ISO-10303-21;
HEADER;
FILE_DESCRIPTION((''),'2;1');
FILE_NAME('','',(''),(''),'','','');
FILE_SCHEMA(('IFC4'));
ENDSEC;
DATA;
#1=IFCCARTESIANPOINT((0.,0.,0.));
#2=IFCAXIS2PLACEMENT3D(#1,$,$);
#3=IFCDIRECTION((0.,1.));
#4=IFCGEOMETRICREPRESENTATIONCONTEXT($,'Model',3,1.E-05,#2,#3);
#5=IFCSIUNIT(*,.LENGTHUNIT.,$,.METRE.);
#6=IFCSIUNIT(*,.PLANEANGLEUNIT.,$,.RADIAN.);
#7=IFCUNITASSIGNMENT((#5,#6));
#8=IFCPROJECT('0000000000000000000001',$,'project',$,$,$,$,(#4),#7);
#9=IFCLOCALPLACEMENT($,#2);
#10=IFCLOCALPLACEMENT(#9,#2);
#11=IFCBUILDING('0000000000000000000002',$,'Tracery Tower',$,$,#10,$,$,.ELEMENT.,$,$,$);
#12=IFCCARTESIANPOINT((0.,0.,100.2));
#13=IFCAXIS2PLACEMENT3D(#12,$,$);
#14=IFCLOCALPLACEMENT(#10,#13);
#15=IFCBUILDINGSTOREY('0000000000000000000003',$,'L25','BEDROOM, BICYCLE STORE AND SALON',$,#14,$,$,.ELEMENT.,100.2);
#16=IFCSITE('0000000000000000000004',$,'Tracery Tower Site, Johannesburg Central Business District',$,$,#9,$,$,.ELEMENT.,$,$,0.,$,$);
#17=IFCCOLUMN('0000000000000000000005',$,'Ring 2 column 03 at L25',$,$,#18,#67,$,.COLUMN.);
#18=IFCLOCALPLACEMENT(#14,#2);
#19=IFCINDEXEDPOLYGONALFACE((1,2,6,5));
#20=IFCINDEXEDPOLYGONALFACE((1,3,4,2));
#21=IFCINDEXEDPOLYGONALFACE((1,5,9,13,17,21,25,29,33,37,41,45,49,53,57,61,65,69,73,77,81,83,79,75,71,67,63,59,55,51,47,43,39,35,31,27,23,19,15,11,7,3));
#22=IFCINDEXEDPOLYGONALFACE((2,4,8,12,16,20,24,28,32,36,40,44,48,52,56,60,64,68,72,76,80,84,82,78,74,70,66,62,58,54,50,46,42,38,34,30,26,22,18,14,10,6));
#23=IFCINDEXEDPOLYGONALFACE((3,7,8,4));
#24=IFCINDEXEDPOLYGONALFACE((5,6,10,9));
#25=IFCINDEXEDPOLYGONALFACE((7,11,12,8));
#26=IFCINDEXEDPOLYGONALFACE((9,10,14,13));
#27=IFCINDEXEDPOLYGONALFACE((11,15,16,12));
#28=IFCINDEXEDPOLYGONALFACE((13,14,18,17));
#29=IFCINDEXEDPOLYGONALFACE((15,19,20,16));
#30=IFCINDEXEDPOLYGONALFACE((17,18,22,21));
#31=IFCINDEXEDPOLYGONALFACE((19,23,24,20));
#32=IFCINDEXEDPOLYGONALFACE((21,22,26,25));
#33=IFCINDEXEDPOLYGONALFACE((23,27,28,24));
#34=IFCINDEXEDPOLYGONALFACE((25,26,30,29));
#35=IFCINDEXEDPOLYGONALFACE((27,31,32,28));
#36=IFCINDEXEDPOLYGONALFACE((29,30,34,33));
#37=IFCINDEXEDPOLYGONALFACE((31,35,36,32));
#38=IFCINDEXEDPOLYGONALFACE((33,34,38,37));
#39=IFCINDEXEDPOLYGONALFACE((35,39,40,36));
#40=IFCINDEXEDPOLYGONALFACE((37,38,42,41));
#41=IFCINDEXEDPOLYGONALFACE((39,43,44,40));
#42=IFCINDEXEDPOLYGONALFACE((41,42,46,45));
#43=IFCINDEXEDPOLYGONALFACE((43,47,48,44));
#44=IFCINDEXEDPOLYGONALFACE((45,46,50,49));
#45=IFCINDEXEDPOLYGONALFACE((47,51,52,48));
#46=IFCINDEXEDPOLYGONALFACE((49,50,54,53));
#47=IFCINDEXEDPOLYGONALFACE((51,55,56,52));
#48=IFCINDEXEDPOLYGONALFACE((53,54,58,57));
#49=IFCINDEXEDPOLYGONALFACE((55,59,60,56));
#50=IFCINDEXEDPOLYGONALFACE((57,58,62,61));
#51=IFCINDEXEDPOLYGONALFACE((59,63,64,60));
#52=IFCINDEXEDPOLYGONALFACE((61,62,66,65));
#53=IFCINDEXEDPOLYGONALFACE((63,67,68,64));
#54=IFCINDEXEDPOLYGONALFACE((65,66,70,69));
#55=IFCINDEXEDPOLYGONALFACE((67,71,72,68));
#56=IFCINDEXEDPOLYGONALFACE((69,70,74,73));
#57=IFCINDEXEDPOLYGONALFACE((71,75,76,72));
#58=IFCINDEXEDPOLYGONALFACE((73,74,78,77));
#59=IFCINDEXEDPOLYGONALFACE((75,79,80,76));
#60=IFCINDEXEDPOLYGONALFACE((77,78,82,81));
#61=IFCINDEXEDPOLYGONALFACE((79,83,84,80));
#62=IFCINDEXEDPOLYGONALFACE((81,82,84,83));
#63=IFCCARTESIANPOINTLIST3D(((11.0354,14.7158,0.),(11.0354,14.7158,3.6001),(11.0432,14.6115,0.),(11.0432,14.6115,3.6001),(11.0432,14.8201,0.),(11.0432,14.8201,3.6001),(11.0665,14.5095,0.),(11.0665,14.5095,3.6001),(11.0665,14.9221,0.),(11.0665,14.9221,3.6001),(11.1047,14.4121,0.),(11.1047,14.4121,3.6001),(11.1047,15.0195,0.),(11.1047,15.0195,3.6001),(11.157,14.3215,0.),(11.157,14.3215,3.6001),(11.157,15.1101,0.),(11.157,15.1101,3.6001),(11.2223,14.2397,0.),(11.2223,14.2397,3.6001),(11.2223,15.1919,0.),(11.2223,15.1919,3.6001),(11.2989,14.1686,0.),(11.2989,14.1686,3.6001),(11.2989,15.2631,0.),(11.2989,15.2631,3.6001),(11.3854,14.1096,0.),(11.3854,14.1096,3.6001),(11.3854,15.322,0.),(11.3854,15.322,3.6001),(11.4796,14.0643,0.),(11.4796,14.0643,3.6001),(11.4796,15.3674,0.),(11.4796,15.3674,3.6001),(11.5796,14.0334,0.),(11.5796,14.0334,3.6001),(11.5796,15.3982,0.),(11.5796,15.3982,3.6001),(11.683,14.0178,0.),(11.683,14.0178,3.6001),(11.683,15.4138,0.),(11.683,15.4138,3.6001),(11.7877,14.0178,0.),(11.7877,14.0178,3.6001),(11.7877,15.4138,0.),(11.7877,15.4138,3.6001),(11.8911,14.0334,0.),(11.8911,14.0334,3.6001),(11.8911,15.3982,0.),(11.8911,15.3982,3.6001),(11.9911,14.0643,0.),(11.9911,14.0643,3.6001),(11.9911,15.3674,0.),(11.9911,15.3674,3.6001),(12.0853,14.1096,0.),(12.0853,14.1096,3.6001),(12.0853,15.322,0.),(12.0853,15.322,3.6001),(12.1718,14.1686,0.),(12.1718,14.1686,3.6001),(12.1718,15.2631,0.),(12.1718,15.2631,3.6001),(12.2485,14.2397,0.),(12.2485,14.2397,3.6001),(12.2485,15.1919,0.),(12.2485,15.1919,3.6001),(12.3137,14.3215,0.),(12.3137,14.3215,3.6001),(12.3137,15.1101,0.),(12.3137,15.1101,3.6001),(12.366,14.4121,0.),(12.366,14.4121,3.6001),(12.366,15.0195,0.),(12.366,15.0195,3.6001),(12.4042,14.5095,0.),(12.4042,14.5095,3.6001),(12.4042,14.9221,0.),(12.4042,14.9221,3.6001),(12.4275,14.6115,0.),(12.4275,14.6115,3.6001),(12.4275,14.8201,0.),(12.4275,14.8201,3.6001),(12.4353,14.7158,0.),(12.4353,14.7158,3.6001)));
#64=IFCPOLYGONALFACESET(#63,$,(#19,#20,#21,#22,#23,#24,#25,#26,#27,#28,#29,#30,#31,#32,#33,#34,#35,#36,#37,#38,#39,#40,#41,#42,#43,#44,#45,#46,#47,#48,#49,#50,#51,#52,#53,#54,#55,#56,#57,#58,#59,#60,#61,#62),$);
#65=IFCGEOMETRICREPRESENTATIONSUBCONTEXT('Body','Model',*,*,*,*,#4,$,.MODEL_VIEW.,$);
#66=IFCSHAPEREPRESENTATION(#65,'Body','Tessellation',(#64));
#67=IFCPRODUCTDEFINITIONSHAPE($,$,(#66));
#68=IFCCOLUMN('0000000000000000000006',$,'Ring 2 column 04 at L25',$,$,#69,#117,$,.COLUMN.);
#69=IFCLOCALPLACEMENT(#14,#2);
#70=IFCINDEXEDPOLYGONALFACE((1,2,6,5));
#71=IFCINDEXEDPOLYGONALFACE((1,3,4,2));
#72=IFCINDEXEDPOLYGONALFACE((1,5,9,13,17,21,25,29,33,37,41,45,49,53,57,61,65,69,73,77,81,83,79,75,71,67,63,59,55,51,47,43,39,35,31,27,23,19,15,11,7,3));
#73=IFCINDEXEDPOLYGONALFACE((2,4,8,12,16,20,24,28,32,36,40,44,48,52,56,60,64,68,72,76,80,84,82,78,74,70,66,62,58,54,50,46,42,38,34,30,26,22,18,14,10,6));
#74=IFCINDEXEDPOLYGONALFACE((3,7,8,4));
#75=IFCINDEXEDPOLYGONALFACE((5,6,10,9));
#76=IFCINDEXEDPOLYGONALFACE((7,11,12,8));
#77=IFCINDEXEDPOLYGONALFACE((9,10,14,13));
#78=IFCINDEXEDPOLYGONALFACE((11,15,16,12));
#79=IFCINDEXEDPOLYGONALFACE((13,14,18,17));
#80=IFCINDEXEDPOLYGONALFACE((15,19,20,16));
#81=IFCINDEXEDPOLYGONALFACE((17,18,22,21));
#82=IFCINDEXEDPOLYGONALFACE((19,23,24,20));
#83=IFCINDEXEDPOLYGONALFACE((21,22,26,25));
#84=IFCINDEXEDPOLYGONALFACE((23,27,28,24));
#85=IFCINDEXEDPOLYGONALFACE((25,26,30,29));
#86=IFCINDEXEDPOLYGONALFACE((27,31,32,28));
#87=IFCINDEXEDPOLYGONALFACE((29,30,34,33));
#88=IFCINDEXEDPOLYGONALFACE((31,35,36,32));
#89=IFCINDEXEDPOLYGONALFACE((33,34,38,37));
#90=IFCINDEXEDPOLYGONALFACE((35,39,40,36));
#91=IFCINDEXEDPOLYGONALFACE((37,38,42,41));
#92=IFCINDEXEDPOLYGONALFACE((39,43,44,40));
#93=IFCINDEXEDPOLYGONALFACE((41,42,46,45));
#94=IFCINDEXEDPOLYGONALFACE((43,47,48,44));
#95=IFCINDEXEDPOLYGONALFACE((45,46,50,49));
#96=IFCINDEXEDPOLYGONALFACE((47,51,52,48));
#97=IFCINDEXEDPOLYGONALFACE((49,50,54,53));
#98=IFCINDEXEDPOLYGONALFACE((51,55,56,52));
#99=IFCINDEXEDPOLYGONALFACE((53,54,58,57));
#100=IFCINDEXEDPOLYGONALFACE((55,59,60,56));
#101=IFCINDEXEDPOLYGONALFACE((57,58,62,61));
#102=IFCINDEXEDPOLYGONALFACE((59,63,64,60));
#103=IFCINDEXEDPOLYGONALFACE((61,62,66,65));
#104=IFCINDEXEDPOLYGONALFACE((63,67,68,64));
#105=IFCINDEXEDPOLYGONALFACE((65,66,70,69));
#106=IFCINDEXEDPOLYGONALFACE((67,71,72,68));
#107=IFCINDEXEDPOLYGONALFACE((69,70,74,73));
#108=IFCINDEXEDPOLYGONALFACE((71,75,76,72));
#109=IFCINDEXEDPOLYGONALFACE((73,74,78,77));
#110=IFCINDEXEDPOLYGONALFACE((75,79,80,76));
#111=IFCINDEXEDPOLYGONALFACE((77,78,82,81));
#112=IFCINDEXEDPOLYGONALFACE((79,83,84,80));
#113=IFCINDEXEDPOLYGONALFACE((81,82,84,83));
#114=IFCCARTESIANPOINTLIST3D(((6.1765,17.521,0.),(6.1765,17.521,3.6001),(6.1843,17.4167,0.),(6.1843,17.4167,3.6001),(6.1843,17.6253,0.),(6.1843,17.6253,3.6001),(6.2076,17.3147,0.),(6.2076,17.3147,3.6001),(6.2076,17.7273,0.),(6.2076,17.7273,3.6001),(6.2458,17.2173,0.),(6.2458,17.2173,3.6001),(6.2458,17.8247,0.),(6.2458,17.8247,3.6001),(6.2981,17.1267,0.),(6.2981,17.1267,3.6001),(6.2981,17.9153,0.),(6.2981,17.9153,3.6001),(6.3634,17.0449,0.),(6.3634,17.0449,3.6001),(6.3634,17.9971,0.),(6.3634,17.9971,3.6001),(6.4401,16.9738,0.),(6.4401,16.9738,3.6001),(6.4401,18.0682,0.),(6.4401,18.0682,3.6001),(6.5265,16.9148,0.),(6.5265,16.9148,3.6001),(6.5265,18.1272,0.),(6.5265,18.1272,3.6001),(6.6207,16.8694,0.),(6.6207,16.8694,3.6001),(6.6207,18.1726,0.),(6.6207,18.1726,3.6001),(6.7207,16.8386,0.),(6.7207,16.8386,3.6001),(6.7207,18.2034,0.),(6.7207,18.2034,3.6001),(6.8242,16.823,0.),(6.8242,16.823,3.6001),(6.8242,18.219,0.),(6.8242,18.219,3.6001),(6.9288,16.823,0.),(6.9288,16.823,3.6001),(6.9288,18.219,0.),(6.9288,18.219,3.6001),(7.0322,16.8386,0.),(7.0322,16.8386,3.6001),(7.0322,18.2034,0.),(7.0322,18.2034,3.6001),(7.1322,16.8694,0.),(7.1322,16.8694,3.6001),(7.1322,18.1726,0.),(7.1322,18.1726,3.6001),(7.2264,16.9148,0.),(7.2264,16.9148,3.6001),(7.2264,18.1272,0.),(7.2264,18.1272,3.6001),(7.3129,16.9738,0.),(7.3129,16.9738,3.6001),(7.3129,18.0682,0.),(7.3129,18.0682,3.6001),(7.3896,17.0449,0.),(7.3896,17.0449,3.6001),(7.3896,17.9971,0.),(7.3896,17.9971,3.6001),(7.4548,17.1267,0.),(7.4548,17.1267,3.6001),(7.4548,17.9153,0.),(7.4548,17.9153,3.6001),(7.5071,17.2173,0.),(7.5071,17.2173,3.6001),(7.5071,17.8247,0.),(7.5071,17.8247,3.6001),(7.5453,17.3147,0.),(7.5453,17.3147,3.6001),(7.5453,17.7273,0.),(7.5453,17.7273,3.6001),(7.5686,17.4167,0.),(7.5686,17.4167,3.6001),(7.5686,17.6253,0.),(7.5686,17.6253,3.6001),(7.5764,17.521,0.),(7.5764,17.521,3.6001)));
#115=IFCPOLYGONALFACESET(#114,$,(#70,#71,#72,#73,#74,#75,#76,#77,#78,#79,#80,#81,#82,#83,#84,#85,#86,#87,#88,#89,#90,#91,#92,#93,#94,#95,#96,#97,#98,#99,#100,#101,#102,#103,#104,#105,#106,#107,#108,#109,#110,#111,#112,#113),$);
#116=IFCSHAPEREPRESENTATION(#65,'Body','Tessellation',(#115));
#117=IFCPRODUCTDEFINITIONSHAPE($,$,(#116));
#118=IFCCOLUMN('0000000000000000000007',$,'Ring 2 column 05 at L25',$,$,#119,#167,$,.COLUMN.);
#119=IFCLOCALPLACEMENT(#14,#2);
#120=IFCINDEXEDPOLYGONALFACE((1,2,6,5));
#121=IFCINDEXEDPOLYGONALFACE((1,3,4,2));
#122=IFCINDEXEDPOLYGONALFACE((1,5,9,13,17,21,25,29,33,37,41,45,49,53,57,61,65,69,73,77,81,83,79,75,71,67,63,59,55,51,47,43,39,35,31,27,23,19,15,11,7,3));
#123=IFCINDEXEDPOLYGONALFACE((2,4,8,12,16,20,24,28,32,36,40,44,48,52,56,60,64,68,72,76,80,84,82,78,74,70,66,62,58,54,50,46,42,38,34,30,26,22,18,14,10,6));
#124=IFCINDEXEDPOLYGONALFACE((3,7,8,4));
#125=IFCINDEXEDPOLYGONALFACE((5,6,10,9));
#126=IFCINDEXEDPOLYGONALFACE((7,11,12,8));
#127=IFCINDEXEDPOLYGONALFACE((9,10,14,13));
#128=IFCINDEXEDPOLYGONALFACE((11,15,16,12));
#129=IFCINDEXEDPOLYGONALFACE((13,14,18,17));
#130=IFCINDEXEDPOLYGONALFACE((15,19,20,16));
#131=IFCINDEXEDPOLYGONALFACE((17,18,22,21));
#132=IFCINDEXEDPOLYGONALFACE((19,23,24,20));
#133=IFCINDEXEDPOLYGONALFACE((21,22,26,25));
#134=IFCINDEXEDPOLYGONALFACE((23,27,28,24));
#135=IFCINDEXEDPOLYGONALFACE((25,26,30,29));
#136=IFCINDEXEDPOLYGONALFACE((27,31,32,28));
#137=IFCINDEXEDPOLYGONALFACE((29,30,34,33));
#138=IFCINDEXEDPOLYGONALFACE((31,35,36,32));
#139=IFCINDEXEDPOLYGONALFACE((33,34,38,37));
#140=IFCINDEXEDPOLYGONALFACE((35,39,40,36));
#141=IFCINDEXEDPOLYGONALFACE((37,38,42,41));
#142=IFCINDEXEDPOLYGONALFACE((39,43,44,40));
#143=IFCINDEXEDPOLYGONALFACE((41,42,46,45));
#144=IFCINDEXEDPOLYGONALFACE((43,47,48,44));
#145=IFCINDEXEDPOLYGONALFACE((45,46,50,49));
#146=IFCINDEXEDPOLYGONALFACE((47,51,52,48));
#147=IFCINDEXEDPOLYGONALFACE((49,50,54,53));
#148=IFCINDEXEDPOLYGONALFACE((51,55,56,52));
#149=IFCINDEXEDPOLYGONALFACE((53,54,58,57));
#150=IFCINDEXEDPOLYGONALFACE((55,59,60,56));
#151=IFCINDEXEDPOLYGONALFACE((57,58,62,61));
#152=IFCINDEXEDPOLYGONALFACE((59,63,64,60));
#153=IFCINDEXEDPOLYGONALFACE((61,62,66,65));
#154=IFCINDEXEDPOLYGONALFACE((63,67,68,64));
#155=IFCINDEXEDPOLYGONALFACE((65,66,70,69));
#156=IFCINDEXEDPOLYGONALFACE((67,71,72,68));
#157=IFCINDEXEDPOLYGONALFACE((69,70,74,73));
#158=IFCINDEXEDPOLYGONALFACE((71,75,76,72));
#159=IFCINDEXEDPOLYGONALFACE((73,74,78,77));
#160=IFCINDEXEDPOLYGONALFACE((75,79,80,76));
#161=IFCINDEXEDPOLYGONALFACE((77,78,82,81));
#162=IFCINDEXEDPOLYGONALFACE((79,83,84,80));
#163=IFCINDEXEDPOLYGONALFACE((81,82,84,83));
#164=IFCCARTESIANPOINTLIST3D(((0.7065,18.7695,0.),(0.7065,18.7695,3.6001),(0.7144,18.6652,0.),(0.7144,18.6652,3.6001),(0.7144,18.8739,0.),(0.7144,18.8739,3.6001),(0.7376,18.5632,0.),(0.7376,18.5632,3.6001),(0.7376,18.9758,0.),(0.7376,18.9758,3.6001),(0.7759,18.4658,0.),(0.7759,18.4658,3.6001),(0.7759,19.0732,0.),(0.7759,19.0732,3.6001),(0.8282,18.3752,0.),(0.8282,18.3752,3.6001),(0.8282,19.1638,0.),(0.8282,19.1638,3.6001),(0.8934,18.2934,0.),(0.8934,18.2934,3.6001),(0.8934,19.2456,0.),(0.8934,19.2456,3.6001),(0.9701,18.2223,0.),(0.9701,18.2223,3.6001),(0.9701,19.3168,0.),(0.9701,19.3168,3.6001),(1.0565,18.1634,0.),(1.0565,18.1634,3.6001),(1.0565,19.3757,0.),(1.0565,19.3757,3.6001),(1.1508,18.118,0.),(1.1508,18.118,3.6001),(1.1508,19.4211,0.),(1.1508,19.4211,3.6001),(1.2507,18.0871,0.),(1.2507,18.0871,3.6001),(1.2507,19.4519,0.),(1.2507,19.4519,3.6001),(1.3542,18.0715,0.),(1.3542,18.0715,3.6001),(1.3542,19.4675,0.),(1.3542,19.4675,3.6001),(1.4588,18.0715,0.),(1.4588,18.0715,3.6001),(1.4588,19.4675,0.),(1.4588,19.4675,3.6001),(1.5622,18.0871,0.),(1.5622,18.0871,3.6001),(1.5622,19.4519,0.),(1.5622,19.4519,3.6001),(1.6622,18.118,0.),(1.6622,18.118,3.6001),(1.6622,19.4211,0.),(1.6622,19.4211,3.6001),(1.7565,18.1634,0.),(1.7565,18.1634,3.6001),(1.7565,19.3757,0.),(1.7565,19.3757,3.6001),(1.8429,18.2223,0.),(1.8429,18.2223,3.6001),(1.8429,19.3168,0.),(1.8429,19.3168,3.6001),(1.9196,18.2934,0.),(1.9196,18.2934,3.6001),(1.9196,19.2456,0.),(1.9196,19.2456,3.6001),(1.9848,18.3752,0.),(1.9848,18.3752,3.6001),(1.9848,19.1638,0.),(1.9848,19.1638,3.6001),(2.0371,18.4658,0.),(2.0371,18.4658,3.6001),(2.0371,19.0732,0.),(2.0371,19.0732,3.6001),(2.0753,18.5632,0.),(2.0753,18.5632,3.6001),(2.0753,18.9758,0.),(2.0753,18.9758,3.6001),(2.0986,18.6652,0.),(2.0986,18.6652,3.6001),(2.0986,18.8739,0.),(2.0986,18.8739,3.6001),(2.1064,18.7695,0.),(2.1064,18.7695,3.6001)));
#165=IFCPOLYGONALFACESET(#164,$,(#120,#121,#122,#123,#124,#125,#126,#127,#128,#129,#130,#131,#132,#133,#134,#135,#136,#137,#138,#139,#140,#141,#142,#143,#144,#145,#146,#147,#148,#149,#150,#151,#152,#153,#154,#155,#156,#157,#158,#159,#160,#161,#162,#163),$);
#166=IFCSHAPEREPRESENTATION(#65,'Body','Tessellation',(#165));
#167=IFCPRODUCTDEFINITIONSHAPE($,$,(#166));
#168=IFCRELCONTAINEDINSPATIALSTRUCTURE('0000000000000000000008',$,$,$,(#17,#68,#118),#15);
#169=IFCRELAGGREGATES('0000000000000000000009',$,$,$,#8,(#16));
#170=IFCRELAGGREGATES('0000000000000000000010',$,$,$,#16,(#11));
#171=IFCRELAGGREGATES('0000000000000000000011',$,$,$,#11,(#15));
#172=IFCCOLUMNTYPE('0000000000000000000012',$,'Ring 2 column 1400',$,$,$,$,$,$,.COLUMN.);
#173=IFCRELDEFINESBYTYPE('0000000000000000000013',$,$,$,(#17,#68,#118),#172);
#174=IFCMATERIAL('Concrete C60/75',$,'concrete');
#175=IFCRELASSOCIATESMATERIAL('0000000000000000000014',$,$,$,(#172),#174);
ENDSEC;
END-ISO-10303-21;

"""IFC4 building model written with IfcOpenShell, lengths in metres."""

from ifc_helpers import new_model, si_unit, direction, frame, origin, origin_2d, place, context, subcontext, project, spatial, circle, extrude, material, material_profile, profile_set, type_object, element, save


model = new_model("IFC4")

# Units and contexts
model_context = context("Model", 3, precision=1e-05, world=origin(), true_north=direction((0.0, 1.0)))
body_context = subcontext(model_context, "Body", "Model", "MODEL_VIEW")
ifc_project = project(units=[si_unit("LENGTHUNIT", "METRE"), si_unit("PLANEANGLEUNIT", "RADIAN")], contexts=[model_context])

# Site, building, storey
site_placement = place(None, origin())
site = spatial("IfcSite", under=ifc_project, at=site_placement, Name="Tracery Tower Site, Johannesburg Central Business District", CompositionType="ELEMENT", RefElevation=0.0)
building_placement = place(site_placement, origin())
building = spatial("IfcBuilding", under=site, at=building_placement, Name="Tracery Tower", CompositionType="ELEMENT")
storey_placement = place(building_placement, frame((0.0, 0.0, 100.2)))
storey = spatial("IfcBuildingStorey", under=building, at=storey_placement, Name="L25", Description="BEDROOM, BICYCLE STORE AND SALON", CompositionType="ELEMENT", Elevation=100.2)

# Columns
ifc_material_1 = material(Name="Concrete C60/75", Category="concrete")
ifc_material_profile = material_profile(ifc_material_1, circle(Radius=0.7, at=origin_2d()), Name="RC D1400")
ifc_profile_set = profile_set([ifc_material_profile], Name="Concrete C60/75")
column_type = type_object("IfcColumnType", Name="Ring 2 column 1400", PredefinedType="COLUMN", material=ifc_profile_set)
for number, where, z_axis, x_axis, name in (
    (1, (11.7354, 14.7158, 0.0), (0.0, 0.0, 1.0), (1.0, 0.0, 0.0), "Ring 2 column 03 at L25"),
    (2, (6.8765, 17.521, 0.0), (0.0, 0.0, 1.0), (1.0, 0.0, 0.0), "Ring 2 column 04 at L25"),
    (3, (1.4065, 18.7695, 0.0), (0.0, 0.0, 1.0), (1.0, 0.0, 0.0), "Ring 2 column 05 at L25"),
):
    element("IfcColumn", number, at=place(storey_placement, frame(where, z_axis=z_axis, x_axis=x_axis)), inside=storey, type_object=column_type, Name=name, PredefinedType="COLUMN", context=body_context, shape_type="SweptSolid", body=[
        extrude(circle(Radius=0.7, at=origin_2d()), origin(), (0.0, 0.0, 1.0), 3.6001),
    ])

save(model, "model.ifc")
